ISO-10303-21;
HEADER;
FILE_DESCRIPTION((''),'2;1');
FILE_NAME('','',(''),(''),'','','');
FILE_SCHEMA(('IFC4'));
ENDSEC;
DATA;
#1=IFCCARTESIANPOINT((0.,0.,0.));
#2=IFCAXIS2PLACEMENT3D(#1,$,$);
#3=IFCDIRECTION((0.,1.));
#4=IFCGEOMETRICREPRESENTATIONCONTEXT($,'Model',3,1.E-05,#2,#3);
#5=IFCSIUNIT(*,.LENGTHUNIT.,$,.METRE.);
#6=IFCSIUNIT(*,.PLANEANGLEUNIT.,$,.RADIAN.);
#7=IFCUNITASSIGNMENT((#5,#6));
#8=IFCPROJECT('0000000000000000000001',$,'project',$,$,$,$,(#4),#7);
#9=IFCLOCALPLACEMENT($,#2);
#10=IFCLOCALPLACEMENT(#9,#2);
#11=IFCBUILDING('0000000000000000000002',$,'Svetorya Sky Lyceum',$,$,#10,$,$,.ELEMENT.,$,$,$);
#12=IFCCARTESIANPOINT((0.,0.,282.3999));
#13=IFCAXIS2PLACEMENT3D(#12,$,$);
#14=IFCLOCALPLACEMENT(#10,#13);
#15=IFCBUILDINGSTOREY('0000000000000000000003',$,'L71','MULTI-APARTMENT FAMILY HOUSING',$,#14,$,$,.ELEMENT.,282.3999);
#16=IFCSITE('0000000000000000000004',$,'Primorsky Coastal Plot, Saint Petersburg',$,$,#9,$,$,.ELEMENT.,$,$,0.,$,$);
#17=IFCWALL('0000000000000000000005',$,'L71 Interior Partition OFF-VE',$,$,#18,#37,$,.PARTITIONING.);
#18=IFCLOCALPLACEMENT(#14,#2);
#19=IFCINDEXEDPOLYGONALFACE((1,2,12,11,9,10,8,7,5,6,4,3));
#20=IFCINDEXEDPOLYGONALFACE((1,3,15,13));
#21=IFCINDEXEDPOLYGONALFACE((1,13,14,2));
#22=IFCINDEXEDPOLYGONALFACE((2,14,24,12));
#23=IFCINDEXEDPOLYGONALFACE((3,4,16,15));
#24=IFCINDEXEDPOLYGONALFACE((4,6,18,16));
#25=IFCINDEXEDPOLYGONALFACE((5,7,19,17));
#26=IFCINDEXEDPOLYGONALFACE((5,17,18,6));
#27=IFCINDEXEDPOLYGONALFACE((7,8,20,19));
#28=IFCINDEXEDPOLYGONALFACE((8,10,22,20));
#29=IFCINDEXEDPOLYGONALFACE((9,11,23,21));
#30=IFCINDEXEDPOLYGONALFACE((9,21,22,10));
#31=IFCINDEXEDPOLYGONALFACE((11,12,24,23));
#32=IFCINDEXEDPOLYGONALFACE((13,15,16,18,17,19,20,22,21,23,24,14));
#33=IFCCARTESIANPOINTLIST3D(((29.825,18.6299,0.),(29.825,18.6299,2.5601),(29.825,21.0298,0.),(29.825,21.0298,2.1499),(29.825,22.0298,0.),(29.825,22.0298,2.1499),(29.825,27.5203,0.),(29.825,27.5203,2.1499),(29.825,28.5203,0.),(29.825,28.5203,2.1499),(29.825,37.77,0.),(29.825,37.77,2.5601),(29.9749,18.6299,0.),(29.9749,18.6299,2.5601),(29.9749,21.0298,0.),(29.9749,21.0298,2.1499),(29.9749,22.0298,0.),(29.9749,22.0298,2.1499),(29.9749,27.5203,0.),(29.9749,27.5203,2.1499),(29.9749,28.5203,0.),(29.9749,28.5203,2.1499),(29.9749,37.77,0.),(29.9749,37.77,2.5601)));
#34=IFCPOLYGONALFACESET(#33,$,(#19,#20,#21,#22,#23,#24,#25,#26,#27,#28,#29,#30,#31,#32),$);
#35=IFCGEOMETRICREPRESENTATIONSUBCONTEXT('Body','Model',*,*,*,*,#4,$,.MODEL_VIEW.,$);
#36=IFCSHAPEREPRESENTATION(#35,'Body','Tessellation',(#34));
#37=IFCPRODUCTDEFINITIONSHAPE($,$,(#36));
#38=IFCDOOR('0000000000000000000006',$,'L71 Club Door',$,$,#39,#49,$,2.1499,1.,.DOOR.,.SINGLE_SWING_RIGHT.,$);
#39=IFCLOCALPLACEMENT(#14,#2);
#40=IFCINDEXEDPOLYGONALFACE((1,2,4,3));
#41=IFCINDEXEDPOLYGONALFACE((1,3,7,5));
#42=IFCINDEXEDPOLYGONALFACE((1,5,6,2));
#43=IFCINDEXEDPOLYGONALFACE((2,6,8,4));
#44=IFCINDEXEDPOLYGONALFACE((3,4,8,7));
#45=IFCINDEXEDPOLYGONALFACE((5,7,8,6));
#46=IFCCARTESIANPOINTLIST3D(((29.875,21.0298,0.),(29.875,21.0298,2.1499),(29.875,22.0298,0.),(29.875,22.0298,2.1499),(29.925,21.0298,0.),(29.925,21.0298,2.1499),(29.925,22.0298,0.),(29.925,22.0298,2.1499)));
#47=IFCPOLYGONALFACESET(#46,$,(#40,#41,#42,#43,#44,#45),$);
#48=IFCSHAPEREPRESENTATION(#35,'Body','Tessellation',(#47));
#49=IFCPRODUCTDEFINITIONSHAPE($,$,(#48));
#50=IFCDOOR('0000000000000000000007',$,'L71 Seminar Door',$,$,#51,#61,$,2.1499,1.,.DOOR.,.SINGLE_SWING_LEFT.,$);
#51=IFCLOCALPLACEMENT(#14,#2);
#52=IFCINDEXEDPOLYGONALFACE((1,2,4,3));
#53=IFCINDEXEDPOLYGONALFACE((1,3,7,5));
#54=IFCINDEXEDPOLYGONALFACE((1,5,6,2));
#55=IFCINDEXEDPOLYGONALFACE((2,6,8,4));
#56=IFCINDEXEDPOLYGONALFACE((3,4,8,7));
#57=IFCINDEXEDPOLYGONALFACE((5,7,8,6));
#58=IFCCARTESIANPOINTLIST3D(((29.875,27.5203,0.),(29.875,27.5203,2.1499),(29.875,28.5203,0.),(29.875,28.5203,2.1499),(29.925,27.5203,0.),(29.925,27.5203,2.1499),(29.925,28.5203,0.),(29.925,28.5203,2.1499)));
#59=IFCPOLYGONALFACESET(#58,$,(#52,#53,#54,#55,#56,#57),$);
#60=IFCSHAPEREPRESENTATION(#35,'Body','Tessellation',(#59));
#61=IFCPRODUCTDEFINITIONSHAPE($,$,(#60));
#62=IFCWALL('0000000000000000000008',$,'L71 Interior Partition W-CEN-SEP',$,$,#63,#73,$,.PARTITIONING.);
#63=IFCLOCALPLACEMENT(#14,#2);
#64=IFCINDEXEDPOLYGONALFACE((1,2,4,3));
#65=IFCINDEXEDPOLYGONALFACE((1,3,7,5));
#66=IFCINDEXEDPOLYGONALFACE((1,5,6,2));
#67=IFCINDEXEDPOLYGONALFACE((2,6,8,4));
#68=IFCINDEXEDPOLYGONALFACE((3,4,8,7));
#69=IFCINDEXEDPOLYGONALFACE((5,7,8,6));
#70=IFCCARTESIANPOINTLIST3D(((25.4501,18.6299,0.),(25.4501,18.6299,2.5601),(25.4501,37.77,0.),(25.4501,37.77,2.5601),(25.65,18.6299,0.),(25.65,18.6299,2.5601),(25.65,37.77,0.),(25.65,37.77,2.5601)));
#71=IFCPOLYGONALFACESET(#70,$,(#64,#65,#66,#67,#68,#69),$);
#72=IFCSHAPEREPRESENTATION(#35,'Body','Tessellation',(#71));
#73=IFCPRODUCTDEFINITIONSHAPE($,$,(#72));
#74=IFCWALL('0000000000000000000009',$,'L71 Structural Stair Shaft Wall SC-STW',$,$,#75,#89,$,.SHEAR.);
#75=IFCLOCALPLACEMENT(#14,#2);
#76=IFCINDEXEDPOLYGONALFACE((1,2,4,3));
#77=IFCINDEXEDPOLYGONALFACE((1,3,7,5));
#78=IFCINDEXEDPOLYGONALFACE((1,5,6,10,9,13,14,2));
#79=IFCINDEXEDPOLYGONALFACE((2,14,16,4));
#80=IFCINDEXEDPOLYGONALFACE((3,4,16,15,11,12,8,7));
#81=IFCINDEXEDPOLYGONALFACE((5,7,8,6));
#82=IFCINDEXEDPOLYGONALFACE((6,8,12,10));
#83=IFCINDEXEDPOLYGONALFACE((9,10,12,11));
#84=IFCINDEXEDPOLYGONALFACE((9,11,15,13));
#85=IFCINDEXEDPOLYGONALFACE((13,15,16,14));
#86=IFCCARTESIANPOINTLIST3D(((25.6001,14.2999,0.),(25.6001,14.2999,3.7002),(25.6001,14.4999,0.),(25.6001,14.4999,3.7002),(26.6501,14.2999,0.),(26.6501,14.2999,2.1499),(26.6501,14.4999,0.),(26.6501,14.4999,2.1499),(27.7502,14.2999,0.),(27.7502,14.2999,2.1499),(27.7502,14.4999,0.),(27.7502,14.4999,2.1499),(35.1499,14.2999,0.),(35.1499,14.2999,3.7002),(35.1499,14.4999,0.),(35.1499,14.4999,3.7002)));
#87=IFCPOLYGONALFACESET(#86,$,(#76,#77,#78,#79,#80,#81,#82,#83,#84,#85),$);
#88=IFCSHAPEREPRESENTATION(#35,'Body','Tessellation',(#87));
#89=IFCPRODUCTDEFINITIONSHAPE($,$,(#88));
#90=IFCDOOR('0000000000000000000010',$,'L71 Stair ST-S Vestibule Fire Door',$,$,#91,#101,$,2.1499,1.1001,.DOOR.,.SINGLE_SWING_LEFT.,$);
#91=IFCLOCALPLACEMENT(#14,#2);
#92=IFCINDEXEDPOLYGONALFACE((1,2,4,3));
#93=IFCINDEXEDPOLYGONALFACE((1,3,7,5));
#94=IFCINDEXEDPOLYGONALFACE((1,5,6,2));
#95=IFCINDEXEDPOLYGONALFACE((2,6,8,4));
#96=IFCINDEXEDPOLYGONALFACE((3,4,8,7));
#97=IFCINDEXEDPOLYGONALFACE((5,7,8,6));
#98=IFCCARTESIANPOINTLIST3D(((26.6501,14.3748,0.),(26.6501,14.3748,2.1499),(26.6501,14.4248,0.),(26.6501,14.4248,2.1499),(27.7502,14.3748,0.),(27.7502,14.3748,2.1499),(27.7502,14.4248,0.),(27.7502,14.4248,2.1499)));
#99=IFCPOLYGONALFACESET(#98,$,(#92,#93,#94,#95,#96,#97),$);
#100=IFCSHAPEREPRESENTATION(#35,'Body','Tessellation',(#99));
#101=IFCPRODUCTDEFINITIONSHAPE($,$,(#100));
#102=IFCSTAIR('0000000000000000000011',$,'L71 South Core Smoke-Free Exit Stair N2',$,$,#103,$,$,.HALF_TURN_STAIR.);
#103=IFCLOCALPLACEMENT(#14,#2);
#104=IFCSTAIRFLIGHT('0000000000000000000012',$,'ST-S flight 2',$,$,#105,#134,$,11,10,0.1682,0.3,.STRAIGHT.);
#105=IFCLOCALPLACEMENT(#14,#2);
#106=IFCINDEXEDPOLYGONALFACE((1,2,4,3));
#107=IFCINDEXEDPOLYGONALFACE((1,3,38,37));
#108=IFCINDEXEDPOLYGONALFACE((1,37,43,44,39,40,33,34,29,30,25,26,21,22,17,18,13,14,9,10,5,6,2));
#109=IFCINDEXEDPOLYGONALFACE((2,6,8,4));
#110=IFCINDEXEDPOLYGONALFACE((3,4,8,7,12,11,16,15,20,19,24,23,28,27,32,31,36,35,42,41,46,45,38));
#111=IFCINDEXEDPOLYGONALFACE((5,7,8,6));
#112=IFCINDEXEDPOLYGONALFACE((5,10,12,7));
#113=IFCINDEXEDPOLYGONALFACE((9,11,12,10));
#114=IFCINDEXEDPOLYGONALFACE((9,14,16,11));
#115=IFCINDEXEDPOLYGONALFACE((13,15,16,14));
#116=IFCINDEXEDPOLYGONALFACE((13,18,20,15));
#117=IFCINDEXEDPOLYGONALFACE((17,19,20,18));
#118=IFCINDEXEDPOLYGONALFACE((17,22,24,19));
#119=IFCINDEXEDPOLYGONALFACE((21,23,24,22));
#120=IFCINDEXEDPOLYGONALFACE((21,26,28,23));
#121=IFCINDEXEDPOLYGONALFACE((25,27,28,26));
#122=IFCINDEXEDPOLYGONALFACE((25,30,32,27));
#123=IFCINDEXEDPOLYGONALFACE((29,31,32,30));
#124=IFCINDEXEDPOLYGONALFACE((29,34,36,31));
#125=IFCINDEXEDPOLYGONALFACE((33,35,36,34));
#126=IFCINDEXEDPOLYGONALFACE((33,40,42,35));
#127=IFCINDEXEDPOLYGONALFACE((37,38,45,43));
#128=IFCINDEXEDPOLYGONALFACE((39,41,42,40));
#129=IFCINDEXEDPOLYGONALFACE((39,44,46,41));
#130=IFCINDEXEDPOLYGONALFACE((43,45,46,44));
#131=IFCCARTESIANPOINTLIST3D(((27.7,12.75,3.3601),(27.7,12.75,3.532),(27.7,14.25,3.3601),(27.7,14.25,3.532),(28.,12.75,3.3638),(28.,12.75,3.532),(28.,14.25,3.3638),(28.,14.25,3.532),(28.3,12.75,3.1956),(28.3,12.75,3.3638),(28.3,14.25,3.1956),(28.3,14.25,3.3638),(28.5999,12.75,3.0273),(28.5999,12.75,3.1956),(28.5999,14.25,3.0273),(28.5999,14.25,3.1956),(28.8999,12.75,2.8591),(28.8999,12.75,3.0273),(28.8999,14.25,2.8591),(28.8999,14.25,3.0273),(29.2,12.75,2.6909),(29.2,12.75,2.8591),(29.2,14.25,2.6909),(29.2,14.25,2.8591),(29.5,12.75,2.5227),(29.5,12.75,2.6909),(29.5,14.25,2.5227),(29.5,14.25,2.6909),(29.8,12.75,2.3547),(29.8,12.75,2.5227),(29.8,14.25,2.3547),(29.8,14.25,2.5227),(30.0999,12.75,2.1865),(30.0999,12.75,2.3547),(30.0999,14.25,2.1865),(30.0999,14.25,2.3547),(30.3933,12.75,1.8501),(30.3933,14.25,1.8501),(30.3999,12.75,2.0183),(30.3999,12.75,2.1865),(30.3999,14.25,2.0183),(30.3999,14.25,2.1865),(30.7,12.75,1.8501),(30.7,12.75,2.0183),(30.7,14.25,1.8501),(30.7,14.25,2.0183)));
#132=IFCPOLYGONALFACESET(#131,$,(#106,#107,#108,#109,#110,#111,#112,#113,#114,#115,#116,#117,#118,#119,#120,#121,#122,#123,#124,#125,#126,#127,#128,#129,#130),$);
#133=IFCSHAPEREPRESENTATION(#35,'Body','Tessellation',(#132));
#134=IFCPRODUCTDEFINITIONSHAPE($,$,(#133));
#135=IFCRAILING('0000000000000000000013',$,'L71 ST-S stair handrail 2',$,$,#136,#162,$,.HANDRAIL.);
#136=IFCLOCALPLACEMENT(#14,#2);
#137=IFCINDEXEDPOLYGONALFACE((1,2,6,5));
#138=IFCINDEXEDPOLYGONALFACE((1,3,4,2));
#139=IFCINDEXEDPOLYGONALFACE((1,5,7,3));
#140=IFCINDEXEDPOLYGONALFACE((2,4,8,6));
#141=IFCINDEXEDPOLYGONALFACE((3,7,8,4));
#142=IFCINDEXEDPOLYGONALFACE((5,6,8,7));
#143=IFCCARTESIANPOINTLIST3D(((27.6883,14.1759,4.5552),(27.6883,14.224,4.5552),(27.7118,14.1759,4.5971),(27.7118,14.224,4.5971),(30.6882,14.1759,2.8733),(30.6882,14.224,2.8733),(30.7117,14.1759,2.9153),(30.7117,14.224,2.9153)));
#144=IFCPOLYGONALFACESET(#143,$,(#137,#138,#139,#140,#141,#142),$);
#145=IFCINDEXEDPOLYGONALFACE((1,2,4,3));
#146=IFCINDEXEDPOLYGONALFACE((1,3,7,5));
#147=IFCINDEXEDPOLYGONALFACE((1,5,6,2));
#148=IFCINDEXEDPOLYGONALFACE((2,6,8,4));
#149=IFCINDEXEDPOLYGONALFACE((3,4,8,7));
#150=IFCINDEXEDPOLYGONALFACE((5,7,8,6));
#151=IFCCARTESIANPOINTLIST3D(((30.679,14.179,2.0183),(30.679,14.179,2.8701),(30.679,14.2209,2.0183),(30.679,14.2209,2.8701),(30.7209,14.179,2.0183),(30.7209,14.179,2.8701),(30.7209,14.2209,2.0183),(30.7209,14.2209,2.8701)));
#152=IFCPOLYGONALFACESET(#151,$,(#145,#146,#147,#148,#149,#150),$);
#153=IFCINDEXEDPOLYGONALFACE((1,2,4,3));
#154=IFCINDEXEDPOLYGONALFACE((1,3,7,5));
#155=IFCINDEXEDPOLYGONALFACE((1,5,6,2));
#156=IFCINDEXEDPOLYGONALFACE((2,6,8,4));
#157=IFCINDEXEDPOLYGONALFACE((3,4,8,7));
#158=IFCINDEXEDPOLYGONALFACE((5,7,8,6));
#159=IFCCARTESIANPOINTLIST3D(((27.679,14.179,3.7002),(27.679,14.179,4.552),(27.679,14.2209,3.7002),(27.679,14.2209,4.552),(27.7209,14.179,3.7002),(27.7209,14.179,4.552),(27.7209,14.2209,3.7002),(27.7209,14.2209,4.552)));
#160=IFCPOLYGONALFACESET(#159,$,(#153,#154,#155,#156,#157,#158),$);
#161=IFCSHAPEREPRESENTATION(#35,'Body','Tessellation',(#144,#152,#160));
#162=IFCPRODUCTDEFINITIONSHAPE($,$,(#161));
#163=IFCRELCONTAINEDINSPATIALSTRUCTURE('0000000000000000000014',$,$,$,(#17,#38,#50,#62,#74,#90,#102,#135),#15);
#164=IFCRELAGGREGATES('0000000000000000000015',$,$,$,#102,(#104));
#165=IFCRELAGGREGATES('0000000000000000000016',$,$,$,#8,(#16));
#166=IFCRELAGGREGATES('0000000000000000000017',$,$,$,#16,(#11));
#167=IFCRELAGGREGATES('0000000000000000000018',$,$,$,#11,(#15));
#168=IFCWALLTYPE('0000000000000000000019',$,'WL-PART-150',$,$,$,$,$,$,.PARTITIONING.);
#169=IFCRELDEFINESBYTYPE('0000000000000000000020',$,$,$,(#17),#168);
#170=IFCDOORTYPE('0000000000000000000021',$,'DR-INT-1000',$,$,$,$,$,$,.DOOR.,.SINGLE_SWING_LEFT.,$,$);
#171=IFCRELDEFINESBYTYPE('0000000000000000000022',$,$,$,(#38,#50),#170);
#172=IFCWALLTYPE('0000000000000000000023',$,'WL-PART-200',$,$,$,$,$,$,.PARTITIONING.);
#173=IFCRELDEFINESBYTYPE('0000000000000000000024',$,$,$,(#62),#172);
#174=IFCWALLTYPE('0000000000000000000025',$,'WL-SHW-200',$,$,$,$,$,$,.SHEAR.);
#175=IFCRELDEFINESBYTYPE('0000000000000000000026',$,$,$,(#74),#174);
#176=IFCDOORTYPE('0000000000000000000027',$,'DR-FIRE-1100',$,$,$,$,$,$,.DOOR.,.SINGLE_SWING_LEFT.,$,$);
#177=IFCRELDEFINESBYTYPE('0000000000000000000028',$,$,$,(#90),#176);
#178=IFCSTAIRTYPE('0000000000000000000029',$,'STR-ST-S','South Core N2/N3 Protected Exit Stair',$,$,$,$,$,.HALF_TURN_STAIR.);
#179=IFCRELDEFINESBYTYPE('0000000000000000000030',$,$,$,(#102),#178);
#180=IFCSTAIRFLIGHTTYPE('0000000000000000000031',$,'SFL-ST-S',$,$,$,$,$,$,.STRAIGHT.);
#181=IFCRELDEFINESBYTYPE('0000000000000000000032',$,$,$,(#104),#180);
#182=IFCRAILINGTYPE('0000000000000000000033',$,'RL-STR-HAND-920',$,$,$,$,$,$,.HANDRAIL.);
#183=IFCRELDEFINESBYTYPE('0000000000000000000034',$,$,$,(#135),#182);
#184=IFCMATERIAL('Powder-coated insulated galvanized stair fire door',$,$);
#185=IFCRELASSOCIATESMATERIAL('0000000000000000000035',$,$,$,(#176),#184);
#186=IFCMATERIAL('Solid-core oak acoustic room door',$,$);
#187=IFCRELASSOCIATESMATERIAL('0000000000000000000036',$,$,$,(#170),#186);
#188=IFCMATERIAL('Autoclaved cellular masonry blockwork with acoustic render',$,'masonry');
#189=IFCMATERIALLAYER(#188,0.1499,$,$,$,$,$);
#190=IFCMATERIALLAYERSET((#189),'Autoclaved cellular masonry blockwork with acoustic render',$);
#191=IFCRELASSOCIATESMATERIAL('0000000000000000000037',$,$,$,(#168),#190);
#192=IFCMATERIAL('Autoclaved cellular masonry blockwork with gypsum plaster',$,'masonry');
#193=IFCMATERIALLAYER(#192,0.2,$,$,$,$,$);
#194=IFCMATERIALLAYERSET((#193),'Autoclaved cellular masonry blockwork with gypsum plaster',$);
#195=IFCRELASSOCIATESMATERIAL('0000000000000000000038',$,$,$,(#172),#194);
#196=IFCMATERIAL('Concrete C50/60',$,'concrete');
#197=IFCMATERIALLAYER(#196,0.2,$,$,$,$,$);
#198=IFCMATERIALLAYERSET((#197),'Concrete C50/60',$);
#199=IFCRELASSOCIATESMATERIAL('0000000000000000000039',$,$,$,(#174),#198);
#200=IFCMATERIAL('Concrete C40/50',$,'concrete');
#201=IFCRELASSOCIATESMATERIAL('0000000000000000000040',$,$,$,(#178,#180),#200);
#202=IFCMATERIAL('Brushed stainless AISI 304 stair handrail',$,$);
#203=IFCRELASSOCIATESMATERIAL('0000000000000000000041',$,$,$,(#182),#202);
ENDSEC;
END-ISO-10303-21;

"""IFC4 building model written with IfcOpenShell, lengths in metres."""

from ifc_helpers import new_model, si_unit, direction, frame, frame_2d, origin, origin_2d, place, context, subcontext, project, spatial, polyline, rectangle, outline, extrude, material, layer, layer_set, type_object, element, fill, aggregate, save


model = new_model("IFC4")

# Units and contexts
model_context = context("Model", 3, precision=1e-05, world=origin(), true_north=direction((0.0, 1.0)))
body_context = subcontext(model_context, "Body", "Model", "MODEL_VIEW")
ifc_project = project(units=[si_unit("LENGTHUNIT", "METRE"), si_unit("PLANEANGLEUNIT", "RADIAN")], contexts=[model_context])

# Site, building, storey
site_placement = place(None, origin())
site = spatial("IfcSite", under=ifc_project, at=site_placement, Name="Primorsky Coastal Plot, Saint Petersburg", CompositionType="ELEMENT", RefElevation=0.0)
building_placement = place(site_placement, origin())
building = spatial("IfcBuilding", under=site, at=building_placement, Name="Svetorya Sky Lyceum", CompositionType="ELEMENT")
storey_placement = place(building_placement, frame((0.0, 0.0, 282.3999)))
storey = spatial("IfcBuildingStorey", under=building, at=storey_placement, Name="L71", Description="MULTI-APARTMENT FAMILY HOUSING", CompositionType="ELEMENT", Elevation=282.3999)

# Shared definitions
ifc_material_1 = material(Name="Concrete C40/50", Category="concrete")

# Shared definitions
ifc_material_2 = material(Name="Concrete C50/60", Category="concrete")
ifc_material_3 = material(Name="Powder-coated insulated galvanized stair fire door")
door_type_1 = type_object("IfcDoorType", Name="DR-FIRE-1100", OperationType="SINGLE_SWING_LEFT", PredefinedType="DOOR", material=ifc_material_3)
ifc_material_4 = material(Name="Solid-core oak acoustic room door")
door_type_2 = type_object("IfcDoorType", Name="DR-INT-1000", OperationType="SINGLE_SWING_LEFT", PredefinedType="DOOR", material=ifc_material_4)

# Shared definitions
ifc_material_5 = material(Name="Autoclaved cellular masonry blockwork with acoustic render", Category="masonry")
ifc_layer_1 = layer(ifc_material_5, 0.1499)
ifc_layer_set_1 = layer_set([ifc_layer_1], Name="Autoclaved cellular masonry blockwork with acoustic render")
wall_type_1 = type_object("IfcWallType", Name="WL-PART-150", PredefinedType="PARTITIONING", material=ifc_layer_set_1)

# Wall, openings, doors
wall_1_placement = place(storey_placement, frame((29.8999, 18.6299, 0.0), z_axis=(0.0, 0.0, 1.0), x_axis=(0.0, 1.0, 0.0)))
wall_1 = element("IfcWall", 1, at=wall_1_placement, inside=storey, type_object=wall_type_1, Name="L71 Interior Partition OFF-VE", PredefinedType="PARTITIONING", context=body_context, shape_type="SweptSolid", body=[
    extrude(rectangle(XDim=19.1401, YDim=0.1499, at=frame_2d((9.5701, 0.0))), origin(), (0.0, 0.0, 1.0), 2.5601),
])
opening_1_placement = place(wall_1_placement, frame((2.3999, 0.0, 0.0)))
opening_1 = element("IfcOpeningElement", 2, at=opening_1_placement, cuts=wall_1, PredefinedType="OPENING", context=body_context, shape_type="SweptSolid", body=[
    extrude(rectangle(XDim=1.0, YDim=2.1499, at=frame_2d((0.5, 1.075))), frame((0.0, 0.085, 0.0), z_axis=(0.0, -1.0, 0.0), x_axis=(1.0, 0.0, 0.0)), (0.0, 0.0, 1.0), 0.1699),
])
opening_2_placement = place(wall_1_placement, frame((8.8904, 0.0, 0.0)))
opening_2 = element("IfcOpeningElement", 3, at=opening_2_placement, cuts=wall_1, PredefinedType="OPENING", context=body_context, shape_type="SweptSolid", body=[
    extrude(rectangle(XDim=1.0, YDim=2.1499, at=frame_2d((0.5, 1.075))), frame((0.0, 0.085, 0.0), z_axis=(0.0, -1.0, 0.0), x_axis=(1.0, 0.0, 0.0)), (0.0, 0.0, 1.0), 0.1699),
])
door_1_placement = place(opening_1_placement, origin())
door_1 = element("IfcDoor", 4, at=door_1_placement, inside=storey, type_object=door_type_2, Name="L71 Club Door", OperationType="SINGLE_SWING_RIGHT", OverallHeight=2.1499, OverallWidth=1.0, PredefinedType="DOOR", context=body_context, shape_type="SweptSolid", body=[
    extrude(rectangle(XDim=1.0, YDim=2.1499, at=frame_2d((0.5, 1.075))), frame((0.0, 0.0249, 0.0), z_axis=(0.0, -1.0, 0.0), x_axis=(1.0, 0.0, 0.0)), (0.0, 0.0, 1.0), 0.05),
])
fill(opening_1, door_1)
door_2_placement = place(opening_2_placement, origin())
door_2 = element("IfcDoor", 5, at=door_2_placement, inside=storey, type_object=door_type_2, Name="L71 Seminar Door", OperationType="SINGLE_SWING_LEFT", OverallHeight=2.1499, OverallWidth=1.0, PredefinedType="DOOR", context=body_context, shape_type="SweptSolid", body=[
    extrude(rectangle(XDim=1.0, YDim=2.1499, at=frame_2d((0.5, 1.075))), frame((0.0, 0.0249, 0.0), z_axis=(0.0, -1.0, 0.0), x_axis=(1.0, 0.0, 0.0)), (0.0, 0.0, 1.0), 0.05),
])
fill(opening_2, door_2)

# Wall
ifc_material_6 = material(Name="Autoclaved cellular masonry blockwork with gypsum plaster", Category="masonry")
ifc_layer_2 = layer(ifc_material_6, 0.2)
ifc_layer_set_2 = layer_set([ifc_layer_2], Name="Autoclaved cellular masonry blockwork with gypsum plaster")
wall_type_2 = type_object("IfcWallType", Name="WL-PART-200", PredefinedType="PARTITIONING", material=ifc_layer_set_2)
wall_2_placement = place(storey_placement, frame((25.55, 18.6299, 0.0), z_axis=(0.0, 0.0, 1.0), x_axis=(0.0, 1.0, 0.0)))
element("IfcWall", 6, at=wall_2_placement, inside=storey, type_object=wall_type_2, Name="L71 Interior Partition W-CEN-SEP", PredefinedType="PARTITIONING", context=body_context, shape_type="SweptSolid", body=[
    extrude(rectangle(XDim=19.1401, YDim=0.2, at=frame_2d((9.5701, 0.0))), origin(), (0.0, 0.0, 1.0), 2.5601),
])

# Wall, opening, door
ifc_layer_3 = layer(ifc_material_2, 0.2)
ifc_layer_set_3 = layer_set([ifc_layer_3], Name="Concrete C50/60")
wall_type_3 = type_object("IfcWallType", Name="WL-SHW-200", PredefinedType="SHEAR", material=ifc_layer_set_3)
wall_3_placement = place(storey_placement, frame((25.6001, 14.3999, 0.0), z_axis=(0.0, 0.0, 1.0), x_axis=(1.0, 0.0, 0.0)))
wall_3 = element("IfcWall", 7, at=wall_3_placement, inside=storey, type_object=wall_type_3, Name="L71 Structural Stair Shaft Wall SC-STW", PredefinedType="SHEAR", context=body_context, shape_type="SweptSolid", body=[
    extrude(rectangle(XDim=9.5498, YDim=0.2, at=frame_2d((4.7749, 0.0))), origin(), (0.0, 0.0, 1.0), 3.7002),
])
opening_3_placement = place(wall_3_placement, frame((1.05, 0.0, 0.0)))
opening_3 = element("IfcOpeningElement", 8, at=opening_3_placement, cuts=wall_3, PredefinedType="OPENING", context=body_context, shape_type="SweptSolid", body=[
    extrude(rectangle(XDim=1.1001, YDim=2.1499, at=frame_2d((0.55, 1.075))), frame((0.0, 0.1099, 0.0), z_axis=(0.0, -1.0, 0.0), x_axis=(1.0, 0.0, 0.0)), (0.0, 0.0, 1.0), 0.22),
])
door_3_placement = place(opening_3_placement, origin())
door_3 = element("IfcDoor", 9, at=door_3_placement, inside=storey, type_object=door_type_1, Name="L71 Stair ST-S Vestibule Fire Door", OperationType="SINGLE_SWING_LEFT", OverallHeight=2.1499, OverallWidth=1.1001, PredefinedType="DOOR", context=body_context, shape_type="SweptSolid", body=[
    extrude(rectangle(XDim=1.1001, YDim=2.1499, at=frame_2d((0.55, 1.075))), frame((0.0, 0.0249, 0.0), z_axis=(0.0, -1.0, 0.0), x_axis=(1.0, 0.0, 0.0)), (0.0, 0.0, 1.0), 0.05),
])
fill(opening_3, door_3)

# Stair, stair flight
stair_type = type_object("IfcStairType", Name="STR-ST-S", Description="South Core N2/N3 Protected Exit Stair", PredefinedType="HALF_TURN_STAIR", material=ifc_material_1)
stair_placement = place(storey_placement, origin())
stair = element("IfcStair", 10, at=stair_placement, inside=storey, type_object=stair_type, Name="L71 South Core Smoke-Free Exit Stair N2", PredefinedType="HALF_TURN_STAIR")
stair_flight_type = type_object("IfcStairFlightType", Name="SFL-ST-S", PredefinedType="STRAIGHT", material=ifc_material_1)
stair_flight_placement = place(storey_placement, frame((30.7, 13.5, 1.8501), z_axis=(0.0, 0.0, 1.0), x_axis=(-1.0, 0.0, 0.0)))
stair_flight = element("IfcStairFlight", 11, at=stair_flight_placement, type_object=stair_flight_type, Name="ST-S flight 2", NumberOfRisers=11, NumberOfTreads=10, PredefinedType="STRAIGHT", RiserHeight=0.1682, TreadLength=0.3, context=body_context, shape_type="SweptSolid", body=[
    extrude(outline(polyline([(0.0, 0.0), (0.0, 0.1682), (0.3, 0.1682), (0.3, 0.3364), (0.6001, 0.3364), (0.6001, 0.5046), (0.8999, 0.5046), (0.8999, 0.6726), (1.2, 0.6726), (1.2, 0.8408), (1.5, 0.8408), (1.5, 1.009), (1.8, 1.009), (1.8, 1.1772), (2.1001, 1.1772), (2.1001, 1.3455), (2.3999, 1.3455), (2.3999, 1.5137), (2.7, 1.5137), (2.7, 1.6819), (3.0, 1.6819), (3.0, 1.8501), (3.0, 1.51), (0.3066, 0.0), (0.0, 0.0)])), frame((0.0, 0.75, 0.0), z_axis=(0.0, -1.0, 0.0), x_axis=(1.0, 0.0, 0.0)), (0.0, 0.0, 1.0), 1.5),
])
aggregate(stair, [stair_flight])

# Railing
ifc_material_7 = material(Name="Brushed stainless AISI 304 stair handrail")
railing_type = type_object("IfcRailingType", Name="RL-STR-HAND-920", PredefinedType="HANDRAIL", material=ifc_material_7)
railing_placement = place(storey_placement, frame((30.7, 14.2, 2.0183)))
element("IfcRailing", 12, at=railing_placement, inside=storey, type_object=railing_type, Name="L71 ST-S stair handrail 2", PredefinedType="HANDRAIL", context=body_context, shape_type="SweptSolid", body=[
    extrude(rectangle(XDim=0.0481, YDim=0.0481, at=origin_2d()), frame((0.0, 0.0, 0.876), z_axis=(-0.872272, 0.0, 0.48902), x_axis=(0.0, -1.0, 0.0)), (0.0, 0.0, 1.0), 3.4392),
    extrude(rectangle(XDim=0.042, YDim=0.042, at=origin_2d()), origin(), (0.0, 0.0, 1.0), 0.8518),
    extrude(rectangle(XDim=0.042, YDim=0.042, at=origin_2d()), frame((-3.0, 0.0, 1.6819)), (0.0, 0.0, 1.0), 0.8518),
])

save(model, "model.ifc")
